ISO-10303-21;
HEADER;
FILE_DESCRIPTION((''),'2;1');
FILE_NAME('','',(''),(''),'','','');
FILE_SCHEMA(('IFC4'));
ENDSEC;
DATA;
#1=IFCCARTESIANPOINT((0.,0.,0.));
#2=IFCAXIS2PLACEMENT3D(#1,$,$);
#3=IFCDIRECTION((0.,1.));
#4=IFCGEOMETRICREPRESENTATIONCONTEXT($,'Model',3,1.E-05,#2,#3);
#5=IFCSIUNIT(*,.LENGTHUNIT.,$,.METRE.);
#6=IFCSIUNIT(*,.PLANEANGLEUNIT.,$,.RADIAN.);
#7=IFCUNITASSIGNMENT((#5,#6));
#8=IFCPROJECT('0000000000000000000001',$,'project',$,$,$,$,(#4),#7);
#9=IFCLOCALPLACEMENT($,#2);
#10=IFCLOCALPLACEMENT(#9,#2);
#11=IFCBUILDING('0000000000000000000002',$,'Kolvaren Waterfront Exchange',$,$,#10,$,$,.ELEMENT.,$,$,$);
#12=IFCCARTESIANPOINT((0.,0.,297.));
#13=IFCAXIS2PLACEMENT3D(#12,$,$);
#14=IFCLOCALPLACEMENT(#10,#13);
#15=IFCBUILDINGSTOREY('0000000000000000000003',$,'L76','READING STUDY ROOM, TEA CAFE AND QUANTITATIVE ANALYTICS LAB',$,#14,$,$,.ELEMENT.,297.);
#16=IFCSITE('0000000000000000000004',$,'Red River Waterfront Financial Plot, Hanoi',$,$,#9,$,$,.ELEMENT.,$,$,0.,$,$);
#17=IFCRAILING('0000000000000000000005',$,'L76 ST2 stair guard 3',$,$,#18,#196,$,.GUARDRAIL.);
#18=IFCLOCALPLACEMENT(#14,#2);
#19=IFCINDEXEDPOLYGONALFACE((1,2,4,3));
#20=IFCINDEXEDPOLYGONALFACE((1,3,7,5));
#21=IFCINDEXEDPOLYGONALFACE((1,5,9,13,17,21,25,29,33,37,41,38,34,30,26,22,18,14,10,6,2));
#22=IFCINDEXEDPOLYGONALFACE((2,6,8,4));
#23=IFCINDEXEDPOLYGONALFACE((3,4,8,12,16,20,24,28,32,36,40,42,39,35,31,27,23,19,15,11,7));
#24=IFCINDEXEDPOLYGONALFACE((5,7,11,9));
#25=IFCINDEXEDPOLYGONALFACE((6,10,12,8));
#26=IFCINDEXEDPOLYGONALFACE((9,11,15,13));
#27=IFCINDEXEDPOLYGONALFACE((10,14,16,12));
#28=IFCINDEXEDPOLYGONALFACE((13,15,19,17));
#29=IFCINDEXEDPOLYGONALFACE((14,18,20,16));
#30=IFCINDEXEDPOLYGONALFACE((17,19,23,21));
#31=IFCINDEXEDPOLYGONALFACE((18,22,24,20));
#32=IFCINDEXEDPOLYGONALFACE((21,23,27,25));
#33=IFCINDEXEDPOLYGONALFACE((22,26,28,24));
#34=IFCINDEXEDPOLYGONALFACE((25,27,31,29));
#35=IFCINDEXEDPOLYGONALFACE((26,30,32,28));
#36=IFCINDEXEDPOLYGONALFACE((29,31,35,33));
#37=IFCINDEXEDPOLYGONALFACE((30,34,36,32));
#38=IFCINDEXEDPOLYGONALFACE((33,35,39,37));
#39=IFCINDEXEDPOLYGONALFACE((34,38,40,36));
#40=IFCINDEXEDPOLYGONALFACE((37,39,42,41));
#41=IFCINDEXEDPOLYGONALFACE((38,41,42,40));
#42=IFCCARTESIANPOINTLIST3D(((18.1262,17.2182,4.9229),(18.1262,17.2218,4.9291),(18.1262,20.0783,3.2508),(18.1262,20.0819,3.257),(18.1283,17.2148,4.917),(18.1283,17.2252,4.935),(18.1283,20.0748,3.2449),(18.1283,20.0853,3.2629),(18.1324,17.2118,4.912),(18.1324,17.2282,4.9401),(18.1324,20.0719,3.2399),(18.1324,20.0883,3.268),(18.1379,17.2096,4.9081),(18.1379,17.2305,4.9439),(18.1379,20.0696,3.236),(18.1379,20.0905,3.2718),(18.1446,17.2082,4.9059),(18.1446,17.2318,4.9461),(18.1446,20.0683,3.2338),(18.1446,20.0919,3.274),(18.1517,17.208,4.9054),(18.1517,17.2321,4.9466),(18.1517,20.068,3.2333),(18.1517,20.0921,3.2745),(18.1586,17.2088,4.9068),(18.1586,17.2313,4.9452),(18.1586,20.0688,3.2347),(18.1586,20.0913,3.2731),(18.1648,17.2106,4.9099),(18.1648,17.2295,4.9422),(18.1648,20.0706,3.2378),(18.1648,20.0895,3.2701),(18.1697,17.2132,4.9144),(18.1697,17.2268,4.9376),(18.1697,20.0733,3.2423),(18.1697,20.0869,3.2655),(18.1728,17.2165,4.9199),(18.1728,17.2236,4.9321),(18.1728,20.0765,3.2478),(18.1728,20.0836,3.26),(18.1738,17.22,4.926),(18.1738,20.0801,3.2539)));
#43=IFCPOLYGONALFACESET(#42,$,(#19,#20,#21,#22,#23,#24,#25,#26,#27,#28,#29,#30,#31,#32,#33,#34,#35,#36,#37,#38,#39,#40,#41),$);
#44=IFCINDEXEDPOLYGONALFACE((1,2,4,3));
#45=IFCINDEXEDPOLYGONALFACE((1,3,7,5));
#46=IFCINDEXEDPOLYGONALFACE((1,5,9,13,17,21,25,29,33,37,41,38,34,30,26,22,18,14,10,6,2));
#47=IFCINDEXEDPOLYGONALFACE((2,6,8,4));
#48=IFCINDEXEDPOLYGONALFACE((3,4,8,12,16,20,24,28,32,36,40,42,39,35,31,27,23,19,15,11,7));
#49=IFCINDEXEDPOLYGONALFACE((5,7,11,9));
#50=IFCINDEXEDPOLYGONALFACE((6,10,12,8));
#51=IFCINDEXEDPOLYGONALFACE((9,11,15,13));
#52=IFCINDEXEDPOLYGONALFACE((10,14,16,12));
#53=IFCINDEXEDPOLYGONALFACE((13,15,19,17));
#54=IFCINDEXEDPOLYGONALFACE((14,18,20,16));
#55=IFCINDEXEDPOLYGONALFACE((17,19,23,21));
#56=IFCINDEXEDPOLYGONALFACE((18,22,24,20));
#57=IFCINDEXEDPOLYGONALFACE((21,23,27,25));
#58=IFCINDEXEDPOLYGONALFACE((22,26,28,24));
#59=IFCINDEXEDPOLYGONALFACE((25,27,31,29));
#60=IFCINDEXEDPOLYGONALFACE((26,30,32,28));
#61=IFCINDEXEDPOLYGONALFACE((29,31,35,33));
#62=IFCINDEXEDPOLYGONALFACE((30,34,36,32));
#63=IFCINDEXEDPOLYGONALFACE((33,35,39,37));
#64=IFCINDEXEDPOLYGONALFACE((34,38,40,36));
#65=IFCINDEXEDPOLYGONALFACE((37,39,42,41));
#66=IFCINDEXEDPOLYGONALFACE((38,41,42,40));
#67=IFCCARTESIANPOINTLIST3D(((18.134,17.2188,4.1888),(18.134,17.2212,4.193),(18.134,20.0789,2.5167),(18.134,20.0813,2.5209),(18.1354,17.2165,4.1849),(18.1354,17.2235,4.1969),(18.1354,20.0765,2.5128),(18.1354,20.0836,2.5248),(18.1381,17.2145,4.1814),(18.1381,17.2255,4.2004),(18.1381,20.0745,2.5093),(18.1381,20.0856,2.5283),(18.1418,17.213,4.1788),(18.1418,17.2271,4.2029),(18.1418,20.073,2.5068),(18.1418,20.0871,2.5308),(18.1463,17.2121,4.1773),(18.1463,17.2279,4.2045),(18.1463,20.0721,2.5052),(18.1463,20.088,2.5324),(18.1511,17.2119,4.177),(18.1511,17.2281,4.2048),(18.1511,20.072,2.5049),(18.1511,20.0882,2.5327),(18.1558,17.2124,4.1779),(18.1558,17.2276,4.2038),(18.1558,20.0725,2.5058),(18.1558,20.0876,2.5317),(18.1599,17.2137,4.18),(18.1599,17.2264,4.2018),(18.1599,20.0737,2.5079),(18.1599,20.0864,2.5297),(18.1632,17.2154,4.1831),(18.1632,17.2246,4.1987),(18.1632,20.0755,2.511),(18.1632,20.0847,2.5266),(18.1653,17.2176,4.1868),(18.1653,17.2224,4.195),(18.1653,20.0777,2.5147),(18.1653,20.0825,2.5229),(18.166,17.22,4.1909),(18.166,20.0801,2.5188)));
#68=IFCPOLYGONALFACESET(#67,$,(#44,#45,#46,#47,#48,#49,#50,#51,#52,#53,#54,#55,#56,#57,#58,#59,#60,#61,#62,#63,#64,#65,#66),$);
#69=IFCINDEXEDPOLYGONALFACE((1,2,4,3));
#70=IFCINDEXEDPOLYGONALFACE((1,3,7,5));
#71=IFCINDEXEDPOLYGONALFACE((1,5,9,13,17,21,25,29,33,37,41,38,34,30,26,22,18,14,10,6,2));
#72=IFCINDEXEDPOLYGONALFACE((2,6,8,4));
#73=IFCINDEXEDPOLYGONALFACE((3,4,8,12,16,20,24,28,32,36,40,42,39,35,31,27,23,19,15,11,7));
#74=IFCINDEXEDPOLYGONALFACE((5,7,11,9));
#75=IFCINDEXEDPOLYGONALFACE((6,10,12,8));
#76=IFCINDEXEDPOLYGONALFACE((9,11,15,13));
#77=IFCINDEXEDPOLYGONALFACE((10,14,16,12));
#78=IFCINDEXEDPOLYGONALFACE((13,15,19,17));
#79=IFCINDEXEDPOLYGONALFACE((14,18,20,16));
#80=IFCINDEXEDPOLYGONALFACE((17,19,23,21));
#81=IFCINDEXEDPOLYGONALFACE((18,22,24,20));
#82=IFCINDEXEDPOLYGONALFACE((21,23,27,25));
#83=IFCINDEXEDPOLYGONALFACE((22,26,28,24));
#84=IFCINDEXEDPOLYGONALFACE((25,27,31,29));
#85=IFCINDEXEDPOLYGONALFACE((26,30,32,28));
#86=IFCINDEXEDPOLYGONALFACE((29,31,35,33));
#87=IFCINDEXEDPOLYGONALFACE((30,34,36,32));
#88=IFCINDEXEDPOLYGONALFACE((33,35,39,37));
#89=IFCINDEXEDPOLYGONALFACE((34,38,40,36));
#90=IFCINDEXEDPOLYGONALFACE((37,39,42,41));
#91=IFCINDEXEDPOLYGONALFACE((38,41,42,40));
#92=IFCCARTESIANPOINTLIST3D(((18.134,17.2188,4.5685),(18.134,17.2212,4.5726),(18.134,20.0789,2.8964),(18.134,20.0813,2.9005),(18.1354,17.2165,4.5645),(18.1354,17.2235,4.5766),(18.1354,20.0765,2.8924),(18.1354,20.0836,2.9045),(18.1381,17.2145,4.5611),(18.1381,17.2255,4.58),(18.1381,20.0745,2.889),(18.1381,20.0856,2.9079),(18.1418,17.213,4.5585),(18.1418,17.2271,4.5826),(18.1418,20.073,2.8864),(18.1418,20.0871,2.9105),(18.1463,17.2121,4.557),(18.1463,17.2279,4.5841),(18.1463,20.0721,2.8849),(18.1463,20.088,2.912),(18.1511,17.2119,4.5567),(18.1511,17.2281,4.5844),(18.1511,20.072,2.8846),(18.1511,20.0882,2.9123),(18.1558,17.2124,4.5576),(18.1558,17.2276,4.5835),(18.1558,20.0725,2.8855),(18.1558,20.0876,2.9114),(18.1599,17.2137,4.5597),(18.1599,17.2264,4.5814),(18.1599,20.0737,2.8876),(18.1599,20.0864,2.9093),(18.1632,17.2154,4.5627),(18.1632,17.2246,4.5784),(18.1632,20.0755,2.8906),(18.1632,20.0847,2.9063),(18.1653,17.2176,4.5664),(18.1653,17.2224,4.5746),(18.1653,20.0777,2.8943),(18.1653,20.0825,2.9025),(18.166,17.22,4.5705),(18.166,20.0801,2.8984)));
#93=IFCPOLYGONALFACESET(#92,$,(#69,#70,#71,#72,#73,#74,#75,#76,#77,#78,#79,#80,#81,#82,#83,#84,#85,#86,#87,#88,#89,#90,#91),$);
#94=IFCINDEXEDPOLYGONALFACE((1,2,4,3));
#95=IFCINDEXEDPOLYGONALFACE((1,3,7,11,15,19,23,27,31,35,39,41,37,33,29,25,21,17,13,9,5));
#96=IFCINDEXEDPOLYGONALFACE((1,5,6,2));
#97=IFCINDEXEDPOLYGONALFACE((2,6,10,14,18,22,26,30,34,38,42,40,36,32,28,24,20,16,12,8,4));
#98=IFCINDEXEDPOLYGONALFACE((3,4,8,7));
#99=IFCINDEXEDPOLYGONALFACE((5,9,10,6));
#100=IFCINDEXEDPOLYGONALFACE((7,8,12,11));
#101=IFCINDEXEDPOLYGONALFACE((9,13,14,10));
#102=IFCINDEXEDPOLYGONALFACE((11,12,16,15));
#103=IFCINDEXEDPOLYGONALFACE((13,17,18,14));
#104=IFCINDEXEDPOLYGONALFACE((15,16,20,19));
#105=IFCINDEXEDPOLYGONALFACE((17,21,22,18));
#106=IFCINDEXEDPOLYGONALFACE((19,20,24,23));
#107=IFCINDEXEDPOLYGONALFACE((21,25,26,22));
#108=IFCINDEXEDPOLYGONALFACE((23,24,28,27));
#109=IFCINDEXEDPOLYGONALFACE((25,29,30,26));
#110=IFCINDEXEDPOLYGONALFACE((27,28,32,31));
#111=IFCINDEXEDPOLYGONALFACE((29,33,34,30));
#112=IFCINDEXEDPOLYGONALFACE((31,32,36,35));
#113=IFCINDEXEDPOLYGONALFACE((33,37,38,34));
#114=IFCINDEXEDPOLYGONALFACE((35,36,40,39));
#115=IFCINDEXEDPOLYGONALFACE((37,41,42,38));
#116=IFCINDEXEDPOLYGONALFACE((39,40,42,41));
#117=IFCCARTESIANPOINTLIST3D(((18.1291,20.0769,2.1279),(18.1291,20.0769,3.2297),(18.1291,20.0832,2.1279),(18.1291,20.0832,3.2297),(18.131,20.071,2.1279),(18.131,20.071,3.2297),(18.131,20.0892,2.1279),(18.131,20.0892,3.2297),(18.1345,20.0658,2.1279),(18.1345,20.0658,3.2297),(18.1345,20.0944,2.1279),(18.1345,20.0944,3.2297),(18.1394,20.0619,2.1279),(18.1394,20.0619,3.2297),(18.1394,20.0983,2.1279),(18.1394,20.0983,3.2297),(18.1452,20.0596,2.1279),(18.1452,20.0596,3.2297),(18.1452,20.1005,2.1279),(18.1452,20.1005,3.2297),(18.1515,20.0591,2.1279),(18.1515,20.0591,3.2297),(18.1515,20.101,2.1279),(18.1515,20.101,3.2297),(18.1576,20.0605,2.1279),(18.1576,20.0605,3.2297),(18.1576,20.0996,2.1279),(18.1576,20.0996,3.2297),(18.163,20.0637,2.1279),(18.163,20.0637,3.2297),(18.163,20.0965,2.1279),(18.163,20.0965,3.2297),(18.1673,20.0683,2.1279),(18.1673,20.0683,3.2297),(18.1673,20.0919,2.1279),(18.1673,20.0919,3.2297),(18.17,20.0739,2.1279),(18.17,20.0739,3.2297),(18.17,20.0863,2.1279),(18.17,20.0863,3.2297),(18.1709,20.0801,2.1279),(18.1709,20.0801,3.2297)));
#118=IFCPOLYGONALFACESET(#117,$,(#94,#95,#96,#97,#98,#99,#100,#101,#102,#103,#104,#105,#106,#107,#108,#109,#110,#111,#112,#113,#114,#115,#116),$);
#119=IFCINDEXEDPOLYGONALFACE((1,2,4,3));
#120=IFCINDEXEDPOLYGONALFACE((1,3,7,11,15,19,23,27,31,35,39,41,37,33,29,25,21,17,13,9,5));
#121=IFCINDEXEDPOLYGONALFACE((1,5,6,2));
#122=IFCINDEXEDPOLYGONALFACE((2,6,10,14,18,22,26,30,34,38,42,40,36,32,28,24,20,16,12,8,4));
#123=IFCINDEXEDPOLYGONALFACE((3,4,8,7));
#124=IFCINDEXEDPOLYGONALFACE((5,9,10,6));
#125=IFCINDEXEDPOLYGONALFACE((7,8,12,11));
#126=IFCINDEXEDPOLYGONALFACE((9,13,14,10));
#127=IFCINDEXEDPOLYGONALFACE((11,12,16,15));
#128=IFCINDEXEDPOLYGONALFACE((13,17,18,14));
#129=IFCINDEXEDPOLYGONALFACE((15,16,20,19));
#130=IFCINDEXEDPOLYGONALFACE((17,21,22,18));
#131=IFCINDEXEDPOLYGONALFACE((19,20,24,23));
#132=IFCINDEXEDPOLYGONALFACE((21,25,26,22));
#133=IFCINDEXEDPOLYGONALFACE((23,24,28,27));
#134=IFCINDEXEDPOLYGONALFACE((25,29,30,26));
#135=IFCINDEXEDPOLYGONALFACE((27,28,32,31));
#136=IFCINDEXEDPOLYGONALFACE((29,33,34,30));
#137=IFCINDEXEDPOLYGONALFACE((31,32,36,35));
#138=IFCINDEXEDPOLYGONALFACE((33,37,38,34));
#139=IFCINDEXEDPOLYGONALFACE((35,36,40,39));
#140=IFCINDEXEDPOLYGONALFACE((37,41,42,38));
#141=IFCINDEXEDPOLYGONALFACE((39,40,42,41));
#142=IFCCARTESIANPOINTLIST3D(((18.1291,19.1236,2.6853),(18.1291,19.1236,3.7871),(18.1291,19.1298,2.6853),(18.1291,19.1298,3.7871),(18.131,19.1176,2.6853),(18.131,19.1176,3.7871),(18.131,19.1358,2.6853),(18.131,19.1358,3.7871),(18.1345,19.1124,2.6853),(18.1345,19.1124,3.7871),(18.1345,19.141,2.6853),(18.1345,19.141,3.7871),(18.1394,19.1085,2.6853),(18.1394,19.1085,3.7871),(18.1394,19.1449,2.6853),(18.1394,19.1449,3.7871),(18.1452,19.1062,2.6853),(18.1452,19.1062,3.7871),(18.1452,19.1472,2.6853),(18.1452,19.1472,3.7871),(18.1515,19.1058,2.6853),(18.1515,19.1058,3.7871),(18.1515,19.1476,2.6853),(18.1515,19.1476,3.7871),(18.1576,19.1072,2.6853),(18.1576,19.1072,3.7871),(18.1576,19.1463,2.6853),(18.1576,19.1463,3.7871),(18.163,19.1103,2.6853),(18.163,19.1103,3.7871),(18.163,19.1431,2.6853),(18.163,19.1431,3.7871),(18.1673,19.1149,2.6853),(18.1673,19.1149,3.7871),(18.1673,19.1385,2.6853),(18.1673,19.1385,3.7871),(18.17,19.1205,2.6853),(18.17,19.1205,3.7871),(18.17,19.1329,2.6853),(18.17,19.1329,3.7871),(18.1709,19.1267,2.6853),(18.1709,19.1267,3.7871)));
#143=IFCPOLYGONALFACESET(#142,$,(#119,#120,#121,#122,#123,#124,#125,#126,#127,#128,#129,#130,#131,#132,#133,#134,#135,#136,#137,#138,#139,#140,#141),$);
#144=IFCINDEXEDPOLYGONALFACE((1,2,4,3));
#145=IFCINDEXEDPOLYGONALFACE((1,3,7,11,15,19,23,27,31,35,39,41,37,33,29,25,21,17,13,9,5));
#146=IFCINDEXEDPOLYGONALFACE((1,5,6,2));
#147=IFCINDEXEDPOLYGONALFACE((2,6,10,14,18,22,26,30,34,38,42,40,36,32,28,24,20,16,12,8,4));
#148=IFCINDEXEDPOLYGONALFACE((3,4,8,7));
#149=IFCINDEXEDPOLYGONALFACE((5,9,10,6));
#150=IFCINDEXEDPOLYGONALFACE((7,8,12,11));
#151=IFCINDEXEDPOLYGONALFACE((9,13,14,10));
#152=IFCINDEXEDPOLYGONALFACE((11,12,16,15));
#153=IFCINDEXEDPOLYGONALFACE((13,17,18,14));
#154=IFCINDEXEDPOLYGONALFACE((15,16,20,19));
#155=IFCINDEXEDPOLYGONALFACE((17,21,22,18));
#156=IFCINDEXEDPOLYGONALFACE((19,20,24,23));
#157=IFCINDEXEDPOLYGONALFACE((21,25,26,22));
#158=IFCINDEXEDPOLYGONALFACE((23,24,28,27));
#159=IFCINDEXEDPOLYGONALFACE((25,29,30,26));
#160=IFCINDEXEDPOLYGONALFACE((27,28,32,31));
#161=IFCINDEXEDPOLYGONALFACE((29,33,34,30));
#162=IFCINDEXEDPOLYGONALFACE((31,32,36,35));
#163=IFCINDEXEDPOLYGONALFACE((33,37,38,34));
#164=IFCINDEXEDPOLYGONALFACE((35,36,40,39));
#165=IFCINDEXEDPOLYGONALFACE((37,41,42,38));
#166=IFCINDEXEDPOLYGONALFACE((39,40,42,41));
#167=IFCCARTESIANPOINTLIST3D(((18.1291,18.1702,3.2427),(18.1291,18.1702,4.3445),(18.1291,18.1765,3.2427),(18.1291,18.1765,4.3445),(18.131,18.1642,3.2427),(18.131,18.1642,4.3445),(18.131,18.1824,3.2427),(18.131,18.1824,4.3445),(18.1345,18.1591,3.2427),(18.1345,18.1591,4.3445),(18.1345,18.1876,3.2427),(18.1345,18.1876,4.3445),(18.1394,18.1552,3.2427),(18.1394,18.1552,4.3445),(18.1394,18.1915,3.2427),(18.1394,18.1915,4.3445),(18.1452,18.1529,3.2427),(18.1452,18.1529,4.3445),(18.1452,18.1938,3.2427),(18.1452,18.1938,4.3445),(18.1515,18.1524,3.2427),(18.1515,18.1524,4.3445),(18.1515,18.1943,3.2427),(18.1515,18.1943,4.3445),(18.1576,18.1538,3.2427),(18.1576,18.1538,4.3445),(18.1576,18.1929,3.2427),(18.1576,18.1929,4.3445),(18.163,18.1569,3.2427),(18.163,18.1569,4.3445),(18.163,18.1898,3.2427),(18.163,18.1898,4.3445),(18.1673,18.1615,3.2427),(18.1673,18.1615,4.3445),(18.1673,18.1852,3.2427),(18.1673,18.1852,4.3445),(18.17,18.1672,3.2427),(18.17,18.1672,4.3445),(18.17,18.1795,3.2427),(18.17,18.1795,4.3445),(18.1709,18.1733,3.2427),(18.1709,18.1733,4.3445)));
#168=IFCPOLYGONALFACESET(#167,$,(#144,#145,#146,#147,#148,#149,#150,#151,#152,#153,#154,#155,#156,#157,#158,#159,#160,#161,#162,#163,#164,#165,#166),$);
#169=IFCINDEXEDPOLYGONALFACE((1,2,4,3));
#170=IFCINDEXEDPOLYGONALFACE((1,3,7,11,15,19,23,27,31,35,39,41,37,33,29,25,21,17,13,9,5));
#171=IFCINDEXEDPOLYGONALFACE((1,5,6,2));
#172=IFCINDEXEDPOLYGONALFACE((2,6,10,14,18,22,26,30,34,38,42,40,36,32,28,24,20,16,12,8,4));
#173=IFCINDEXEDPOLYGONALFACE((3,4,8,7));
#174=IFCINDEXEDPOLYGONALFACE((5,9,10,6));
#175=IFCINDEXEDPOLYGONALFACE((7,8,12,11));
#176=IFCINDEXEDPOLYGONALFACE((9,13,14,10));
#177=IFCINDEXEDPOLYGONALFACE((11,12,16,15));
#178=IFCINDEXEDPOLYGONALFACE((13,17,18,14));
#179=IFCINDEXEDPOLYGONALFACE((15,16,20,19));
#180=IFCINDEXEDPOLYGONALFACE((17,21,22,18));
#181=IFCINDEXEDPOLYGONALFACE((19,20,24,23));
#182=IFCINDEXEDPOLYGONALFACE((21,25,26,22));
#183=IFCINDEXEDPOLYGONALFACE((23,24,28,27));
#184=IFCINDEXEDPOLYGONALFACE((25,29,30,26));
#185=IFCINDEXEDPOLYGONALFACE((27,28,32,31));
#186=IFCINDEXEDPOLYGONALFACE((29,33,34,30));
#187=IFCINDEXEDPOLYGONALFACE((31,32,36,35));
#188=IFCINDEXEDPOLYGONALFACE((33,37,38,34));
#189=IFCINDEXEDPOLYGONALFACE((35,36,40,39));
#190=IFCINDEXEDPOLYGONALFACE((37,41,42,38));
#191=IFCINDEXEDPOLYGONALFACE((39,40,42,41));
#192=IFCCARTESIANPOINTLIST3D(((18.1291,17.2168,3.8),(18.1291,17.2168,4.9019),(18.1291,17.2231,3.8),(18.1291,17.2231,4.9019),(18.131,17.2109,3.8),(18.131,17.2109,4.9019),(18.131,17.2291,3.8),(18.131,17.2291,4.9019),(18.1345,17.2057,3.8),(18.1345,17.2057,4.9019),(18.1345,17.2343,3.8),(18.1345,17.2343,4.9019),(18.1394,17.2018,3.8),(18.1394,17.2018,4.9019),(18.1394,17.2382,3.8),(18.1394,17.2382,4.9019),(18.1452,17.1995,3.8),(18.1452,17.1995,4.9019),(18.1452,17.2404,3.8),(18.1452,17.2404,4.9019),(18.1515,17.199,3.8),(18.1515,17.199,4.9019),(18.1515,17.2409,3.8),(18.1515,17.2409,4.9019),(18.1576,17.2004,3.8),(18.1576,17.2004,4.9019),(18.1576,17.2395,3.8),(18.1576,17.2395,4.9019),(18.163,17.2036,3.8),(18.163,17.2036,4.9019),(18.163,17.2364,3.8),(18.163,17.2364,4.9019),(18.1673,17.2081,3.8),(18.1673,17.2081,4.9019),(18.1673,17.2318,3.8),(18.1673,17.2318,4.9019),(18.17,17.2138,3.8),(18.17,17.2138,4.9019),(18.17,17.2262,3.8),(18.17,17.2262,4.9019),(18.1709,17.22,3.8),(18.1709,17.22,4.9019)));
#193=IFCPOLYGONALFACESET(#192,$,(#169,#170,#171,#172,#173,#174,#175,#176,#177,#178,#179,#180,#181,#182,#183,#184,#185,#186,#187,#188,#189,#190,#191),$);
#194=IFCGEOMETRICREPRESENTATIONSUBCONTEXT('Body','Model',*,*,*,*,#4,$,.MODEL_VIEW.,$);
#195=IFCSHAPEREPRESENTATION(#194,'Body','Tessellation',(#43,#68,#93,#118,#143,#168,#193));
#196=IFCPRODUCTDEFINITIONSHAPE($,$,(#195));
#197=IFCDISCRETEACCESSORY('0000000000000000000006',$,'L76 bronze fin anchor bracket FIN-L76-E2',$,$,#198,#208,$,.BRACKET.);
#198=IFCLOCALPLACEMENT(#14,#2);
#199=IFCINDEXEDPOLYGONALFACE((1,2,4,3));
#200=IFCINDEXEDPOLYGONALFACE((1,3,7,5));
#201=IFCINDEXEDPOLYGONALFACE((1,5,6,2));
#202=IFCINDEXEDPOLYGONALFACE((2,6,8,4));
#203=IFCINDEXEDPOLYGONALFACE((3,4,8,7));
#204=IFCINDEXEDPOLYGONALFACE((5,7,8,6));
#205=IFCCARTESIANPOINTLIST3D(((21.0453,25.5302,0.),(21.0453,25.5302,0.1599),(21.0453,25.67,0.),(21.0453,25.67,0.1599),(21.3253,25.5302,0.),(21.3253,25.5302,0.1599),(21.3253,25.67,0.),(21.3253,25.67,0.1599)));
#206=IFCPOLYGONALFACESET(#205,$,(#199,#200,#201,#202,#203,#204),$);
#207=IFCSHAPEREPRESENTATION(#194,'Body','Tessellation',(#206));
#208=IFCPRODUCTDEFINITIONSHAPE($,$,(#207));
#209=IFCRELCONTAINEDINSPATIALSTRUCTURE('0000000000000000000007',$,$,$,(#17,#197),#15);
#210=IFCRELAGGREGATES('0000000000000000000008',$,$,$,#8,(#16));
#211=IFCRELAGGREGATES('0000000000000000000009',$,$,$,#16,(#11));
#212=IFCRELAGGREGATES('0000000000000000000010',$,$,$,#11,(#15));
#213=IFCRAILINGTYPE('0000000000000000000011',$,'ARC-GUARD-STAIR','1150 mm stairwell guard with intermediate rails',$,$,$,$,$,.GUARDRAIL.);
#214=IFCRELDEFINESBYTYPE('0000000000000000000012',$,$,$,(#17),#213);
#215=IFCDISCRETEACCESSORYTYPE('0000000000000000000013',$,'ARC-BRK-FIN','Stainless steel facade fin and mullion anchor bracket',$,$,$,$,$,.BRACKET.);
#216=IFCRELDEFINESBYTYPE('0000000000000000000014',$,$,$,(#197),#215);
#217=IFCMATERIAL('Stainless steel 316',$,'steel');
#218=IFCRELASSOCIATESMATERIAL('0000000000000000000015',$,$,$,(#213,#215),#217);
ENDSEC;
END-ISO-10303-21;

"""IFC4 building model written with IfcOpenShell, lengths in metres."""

from ifc_helpers import new_model, si_unit, direction, frame, origin, origin_with_axes, origin_2d, place, context, subcontext, project, spatial, rectangle, circle, extrude, source, transform, mapped, material, type_object, element, save


model = new_model("IFC4")

# Units and contexts
model_context = context("Model", 3, precision=1e-05, world=origin(), true_north=direction((0.0, 1.0)))
body_context = subcontext(model_context, "Body", "Model", "MODEL_VIEW")
ifc_project = project(units=[si_unit("LENGTHUNIT", "METRE"), si_unit("PLANEANGLEUNIT", "RADIAN")], contexts=[model_context])

# Site, building, storey
site_placement = place(None, origin())
site = spatial("IfcSite", under=ifc_project, at=site_placement, Name="Red River Waterfront Financial Plot, Hanoi", CompositionType="ELEMENT", RefElevation=0.0)
building_placement = place(site_placement, origin())
building = spatial("IfcBuilding", under=site, at=building_placement, Name="Kolvaren Waterfront Exchange", CompositionType="ELEMENT")
storey_placement = place(building_placement, frame((0.0, 0.0, 297.0)))
storey = spatial("IfcBuildingStorey", under=building, at=storey_placement, Name="L76", Description="READING STUDY ROOM, TEA CAFE AND QUANTITATIVE ANALYTICS LAB", CompositionType="ELEMENT", Elevation=297.0)

# Railing
ifc_material_1 = material(Name="Stainless steel 316", Category="steel")
railing_type = type_object("IfcRailingType", Name="ARC-GUARD-STAIR", Description="1150 mm stairwell guard with intermediate rails", PredefinedType="GUARDRAIL", material=ifc_material_1)
railing_1_placement = place(storey_placement, frame((18.1499, 20.0801, 2.1279)))
element("IfcRailing", 1, at=railing_1_placement, inside=storey, type_object=railing_type, Name="L76 ST2 stair guard 3", PredefinedType="GUARDRAIL", context=body_context, shape_type="SweptSolid", body=[
    extrude(circle(Radius=0.0239, at=origin_2d()), frame((0.0, 0.0, 1.126), z_axis=(0.0, -0.863289, 0.504709), x_axis=(1.0, 0.0, 0.0)), (0.0, 0.0, 1.0), 3.313),
    extrude(circle(Radius=0.0161, at=origin_2d()), frame((0.0, 0.0, 0.3909), z_axis=(0.0, -0.863289, 0.504709), x_axis=(1.0, 0.0, 0.0)), (0.0, 0.0, 1.0), 3.313),
    extrude(circle(Radius=0.0161, at=origin_2d()), frame((0.0, 0.0, 0.7705), z_axis=(0.0, -0.863289, 0.504709), x_axis=(1.0, 0.0, 0.0)), (0.0, 0.0, 1.0), 3.313),
    extrude(circle(Radius=0.021, at=origin_2d()), origin(), (0.0, 0.0, 1.0), 1.1018),
    extrude(circle(Radius=0.021, at=origin_2d()), frame((0.0, -0.9534, 0.5574)), (0.0, 0.0, 1.0), 1.1018),
    extrude(circle(Radius=0.021, at=origin_2d()), frame((0.0, -1.9067, 1.1147)), (0.0, 0.0, 1.0), 1.1018),
    extrude(circle(Radius=0.021, at=origin_2d()), frame((0.0, -2.8601, 1.6721)), (0.0, 0.0, 1.0), 1.1018),
])

# Discrete accessory
discrete_accessory_type = type_object("IfcDiscreteAccessoryType", Name="ARC-BRK-FIN", Description="Stainless steel facade fin and mullion anchor bracket", PredefinedType="BRACKET", material=ifc_material_1)
shared_shape_1 = source(origin_with_axes(), body_context, "Body", "SweptSolid", [
    extrude(rectangle(XDim=0.28, YDim=0.1399, at=origin_2d()), origin(), (0.0, 0.0, 1.0), 0.1599),
])
for number, where, z_axis, x_axis, name in (
    (2, (21.1853, 25.6001, 0.0), (0.0, 0.0, 1.0), (1.0, 0.0, 0.0), "L76 bronze fin anchor bracket FIN-L76-E2"),
):
    element("IfcDiscreteAccessory", number, at=place(storey_placement, frame(where, z_axis=z_axis, x_axis=x_axis)), inside=storey, type_object=discrete_accessory_type, Name=name, PredefinedType="BRACKET", context=body_context, shape_type="MappedRepresentation", body=[
        mapped(shared_shape_1, transform((0.0, 0.0, 0.0), x_axis=(1.0, 0.0, 0.0), y_axis=(0.0, 1.0, 0.0), z_axis=(0.0, 0.0, 1.0), scale=1.0)),
    ])

save(model, "model.ifc")
